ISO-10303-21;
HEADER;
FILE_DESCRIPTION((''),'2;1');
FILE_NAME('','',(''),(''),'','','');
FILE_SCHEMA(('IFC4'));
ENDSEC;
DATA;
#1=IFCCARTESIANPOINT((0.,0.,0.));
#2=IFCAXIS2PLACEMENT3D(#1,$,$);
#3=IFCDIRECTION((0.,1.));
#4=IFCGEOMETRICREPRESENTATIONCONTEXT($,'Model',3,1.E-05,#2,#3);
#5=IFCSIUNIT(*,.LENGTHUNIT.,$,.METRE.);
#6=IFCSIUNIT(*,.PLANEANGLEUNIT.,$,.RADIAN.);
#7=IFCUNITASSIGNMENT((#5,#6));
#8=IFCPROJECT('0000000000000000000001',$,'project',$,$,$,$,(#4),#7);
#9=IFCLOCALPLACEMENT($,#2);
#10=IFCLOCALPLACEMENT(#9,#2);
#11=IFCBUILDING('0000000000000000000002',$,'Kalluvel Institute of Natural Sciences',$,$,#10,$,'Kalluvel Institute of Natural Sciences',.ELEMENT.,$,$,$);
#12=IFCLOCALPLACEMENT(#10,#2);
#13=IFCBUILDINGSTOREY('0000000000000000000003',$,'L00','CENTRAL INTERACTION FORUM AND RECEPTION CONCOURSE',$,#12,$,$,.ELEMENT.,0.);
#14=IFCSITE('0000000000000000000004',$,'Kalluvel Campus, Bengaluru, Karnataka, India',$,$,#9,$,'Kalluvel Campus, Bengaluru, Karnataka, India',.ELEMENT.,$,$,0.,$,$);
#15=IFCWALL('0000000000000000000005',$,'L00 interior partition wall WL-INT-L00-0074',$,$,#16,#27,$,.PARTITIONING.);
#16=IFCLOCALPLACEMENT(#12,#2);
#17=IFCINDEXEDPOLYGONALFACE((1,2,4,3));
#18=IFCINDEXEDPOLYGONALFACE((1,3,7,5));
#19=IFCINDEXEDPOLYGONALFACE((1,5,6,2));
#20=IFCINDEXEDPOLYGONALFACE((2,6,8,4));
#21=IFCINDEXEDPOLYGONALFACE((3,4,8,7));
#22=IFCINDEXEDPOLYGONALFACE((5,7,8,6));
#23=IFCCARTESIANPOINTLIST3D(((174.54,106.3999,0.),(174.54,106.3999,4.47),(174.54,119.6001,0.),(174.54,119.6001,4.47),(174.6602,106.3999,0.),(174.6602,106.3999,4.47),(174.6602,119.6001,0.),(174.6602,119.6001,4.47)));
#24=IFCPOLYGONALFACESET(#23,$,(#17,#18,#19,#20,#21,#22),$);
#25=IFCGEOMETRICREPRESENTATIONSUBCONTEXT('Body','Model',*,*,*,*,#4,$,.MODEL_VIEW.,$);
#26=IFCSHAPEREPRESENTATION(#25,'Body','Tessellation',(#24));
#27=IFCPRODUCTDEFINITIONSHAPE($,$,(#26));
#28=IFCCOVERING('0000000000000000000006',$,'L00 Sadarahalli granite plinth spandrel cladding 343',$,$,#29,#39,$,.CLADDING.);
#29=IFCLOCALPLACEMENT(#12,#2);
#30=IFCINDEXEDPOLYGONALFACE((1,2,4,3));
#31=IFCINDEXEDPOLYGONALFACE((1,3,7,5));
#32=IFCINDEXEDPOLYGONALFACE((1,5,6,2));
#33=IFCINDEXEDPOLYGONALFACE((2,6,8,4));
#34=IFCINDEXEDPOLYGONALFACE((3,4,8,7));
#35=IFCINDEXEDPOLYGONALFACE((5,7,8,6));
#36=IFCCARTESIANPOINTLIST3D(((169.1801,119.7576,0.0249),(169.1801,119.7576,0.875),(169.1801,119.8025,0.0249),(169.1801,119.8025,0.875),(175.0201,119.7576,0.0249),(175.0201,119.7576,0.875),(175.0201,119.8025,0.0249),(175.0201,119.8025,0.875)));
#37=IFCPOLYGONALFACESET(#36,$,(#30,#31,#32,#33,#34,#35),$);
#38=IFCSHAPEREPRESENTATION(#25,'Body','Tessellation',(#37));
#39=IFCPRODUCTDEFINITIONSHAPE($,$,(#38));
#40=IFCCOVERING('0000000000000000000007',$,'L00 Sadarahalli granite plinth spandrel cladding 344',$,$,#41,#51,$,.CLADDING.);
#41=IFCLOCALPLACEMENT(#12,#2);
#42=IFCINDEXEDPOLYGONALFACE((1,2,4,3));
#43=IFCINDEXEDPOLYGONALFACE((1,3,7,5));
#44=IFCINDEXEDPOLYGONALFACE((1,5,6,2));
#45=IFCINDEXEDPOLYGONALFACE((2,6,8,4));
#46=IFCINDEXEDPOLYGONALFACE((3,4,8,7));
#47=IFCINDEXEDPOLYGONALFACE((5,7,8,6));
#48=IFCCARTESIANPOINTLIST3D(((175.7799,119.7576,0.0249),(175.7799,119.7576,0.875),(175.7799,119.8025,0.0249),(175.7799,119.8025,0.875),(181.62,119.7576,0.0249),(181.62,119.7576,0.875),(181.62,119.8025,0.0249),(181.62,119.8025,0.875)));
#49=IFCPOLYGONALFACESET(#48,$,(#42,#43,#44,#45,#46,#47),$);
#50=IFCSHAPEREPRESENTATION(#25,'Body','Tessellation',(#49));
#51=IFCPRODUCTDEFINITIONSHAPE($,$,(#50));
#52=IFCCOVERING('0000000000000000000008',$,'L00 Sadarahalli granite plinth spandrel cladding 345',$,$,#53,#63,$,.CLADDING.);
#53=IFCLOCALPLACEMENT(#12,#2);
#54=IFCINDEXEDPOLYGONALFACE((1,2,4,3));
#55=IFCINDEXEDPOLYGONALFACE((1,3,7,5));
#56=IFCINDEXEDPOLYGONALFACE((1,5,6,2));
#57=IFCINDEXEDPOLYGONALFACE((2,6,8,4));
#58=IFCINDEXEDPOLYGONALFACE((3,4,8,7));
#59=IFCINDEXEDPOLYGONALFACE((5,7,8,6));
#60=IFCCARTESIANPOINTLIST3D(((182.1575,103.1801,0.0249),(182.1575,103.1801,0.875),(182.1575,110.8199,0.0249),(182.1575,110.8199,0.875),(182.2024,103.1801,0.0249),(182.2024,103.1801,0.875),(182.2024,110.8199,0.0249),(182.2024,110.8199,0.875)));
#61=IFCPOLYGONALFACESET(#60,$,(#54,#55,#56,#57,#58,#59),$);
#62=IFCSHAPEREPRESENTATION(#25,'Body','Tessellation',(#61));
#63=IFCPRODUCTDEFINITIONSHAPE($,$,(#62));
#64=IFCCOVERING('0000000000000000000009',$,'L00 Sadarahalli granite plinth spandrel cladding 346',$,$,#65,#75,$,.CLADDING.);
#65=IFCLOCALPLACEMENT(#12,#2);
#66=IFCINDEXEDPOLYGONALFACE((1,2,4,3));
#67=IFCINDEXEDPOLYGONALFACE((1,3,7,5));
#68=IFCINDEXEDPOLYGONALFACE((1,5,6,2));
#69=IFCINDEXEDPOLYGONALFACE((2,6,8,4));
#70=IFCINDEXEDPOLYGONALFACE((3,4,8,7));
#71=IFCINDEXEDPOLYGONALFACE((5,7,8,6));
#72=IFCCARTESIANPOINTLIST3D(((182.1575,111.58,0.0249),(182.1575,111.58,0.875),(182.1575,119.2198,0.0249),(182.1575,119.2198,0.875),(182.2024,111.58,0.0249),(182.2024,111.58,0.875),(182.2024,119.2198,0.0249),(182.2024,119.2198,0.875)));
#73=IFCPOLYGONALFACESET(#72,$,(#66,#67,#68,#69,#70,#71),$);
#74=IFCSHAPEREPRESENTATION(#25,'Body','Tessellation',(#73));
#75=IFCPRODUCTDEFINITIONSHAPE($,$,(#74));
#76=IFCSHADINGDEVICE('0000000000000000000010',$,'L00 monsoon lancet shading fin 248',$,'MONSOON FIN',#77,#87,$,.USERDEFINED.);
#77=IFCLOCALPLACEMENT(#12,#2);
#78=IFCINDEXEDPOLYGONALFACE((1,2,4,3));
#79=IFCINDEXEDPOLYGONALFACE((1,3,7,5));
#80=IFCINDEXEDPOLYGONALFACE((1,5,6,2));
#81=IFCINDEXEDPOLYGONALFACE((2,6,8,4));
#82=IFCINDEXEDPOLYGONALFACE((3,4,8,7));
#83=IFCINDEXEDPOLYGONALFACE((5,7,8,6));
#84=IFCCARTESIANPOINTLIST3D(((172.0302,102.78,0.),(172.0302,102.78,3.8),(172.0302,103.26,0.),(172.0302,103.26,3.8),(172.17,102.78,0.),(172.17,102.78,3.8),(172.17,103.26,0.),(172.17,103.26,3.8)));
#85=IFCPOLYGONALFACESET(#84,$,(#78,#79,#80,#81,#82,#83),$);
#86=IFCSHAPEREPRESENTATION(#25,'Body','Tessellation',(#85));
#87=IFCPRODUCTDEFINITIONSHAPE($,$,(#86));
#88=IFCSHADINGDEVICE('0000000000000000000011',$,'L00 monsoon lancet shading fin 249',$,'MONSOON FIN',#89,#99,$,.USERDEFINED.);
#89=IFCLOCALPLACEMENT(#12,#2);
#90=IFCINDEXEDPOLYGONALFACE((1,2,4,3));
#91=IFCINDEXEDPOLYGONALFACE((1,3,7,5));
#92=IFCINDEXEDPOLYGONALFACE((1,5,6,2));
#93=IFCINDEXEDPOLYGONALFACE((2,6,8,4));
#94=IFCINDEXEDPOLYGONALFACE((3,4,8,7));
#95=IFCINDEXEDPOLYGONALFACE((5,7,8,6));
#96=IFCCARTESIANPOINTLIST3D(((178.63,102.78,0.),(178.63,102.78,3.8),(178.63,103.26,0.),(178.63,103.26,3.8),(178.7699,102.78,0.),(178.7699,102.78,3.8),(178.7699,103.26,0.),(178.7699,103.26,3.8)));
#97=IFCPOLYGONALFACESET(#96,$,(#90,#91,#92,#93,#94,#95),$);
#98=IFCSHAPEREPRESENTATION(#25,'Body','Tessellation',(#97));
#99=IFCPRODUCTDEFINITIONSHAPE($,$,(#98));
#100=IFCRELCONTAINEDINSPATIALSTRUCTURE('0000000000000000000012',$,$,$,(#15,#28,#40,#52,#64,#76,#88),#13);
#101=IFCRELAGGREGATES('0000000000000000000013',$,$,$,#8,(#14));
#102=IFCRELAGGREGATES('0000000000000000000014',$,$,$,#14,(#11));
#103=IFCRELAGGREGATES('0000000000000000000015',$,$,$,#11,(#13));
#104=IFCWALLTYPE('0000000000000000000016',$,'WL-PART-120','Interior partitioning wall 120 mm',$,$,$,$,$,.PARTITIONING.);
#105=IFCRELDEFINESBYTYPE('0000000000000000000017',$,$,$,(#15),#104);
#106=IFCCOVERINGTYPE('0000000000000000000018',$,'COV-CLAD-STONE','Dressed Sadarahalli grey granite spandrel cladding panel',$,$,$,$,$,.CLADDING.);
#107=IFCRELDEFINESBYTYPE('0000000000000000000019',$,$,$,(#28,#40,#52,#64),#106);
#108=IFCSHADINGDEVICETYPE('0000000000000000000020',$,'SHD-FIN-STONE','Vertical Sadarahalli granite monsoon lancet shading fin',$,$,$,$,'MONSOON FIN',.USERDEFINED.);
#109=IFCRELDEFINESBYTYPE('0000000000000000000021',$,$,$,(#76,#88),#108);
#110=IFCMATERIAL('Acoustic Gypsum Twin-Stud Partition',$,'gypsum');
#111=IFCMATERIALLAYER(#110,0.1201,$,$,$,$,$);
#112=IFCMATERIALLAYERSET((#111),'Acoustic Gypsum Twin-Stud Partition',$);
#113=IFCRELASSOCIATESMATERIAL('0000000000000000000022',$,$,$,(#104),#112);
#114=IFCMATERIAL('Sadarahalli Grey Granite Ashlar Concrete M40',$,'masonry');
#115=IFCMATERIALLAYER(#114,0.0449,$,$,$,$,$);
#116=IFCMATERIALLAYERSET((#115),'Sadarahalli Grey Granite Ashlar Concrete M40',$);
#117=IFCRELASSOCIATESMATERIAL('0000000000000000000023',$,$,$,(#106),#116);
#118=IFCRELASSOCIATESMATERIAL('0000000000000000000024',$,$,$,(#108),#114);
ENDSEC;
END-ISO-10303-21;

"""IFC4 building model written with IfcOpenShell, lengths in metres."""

from ifc_helpers import new_model, si_unit, direction, frame, frame_2d, origin, origin_2d, place, context, subcontext, project, spatial, rectangle, extrude, material, layer, layer_set, type_object, element, save


model = new_model("IFC4")

# Units and contexts
model_context = context("Model", 3, precision=1e-05, world=origin(), true_north=direction((0.0, 1.0)))
body_context = subcontext(model_context, "Body", "Model", "MODEL_VIEW")
ifc_project = project(units=[si_unit("LENGTHUNIT", "METRE"), si_unit("PLANEANGLEUNIT", "RADIAN")], contexts=[model_context])

# Site, building, storey
site_placement = place(None, origin())
site = spatial("IfcSite", under=ifc_project, at=site_placement, Name="Kalluvel Campus, Bengaluru, Karnataka, India", LongName="Kalluvel Campus, Bengaluru, Karnataka, India", CompositionType="ELEMENT", RefElevation=0.0)
building_placement = place(site_placement, origin())
building = spatial("IfcBuilding", under=site, at=building_placement, Name="Kalluvel Institute of Natural Sciences", LongName="Kalluvel Institute of Natural Sciences", CompositionType="ELEMENT")
storey_placement = place(building_placement, origin())
storey = spatial("IfcBuildingStorey", under=building, at=storey_placement, Name="L00", Description="CENTRAL INTERACTION FORUM AND RECEPTION CONCOURSE", CompositionType="ELEMENT", Elevation=0.0)

# Shared definitions
ifc_material_1 = material(Name="Sadarahalli Grey Granite Ashlar Concrete M40", Category="masonry")

# Wall
ifc_material_2 = material(Name="Acoustic Gypsum Twin-Stud Partition", Category="gypsum")
ifc_layer_1 = layer(ifc_material_2, 0.1201)
ifc_layer_set_1 = layer_set([ifc_layer_1], Name="Acoustic Gypsum Twin-Stud Partition")
wall_type_1 = type_object("IfcWallType", Name="WL-PART-120", Description="Interior partitioning wall 120 mm", PredefinedType="PARTITIONING", material=ifc_layer_set_1)
wall_1_placement = place(storey_placement, frame((174.6001, 106.3999, 0.0), z_axis=(0.0, 0.0, 1.0), x_axis=(0.0, 1.0, 0.0)))
element("IfcWall", 1, at=wall_1_placement, inside=storey, type_object=wall_type_1, Name="L00 interior partition wall WL-INT-L00-0074", PredefinedType="PARTITIONING", context=body_context, shape_type="SweptSolid", body=[
    extrude(rectangle(XDim=13.2002, YDim=0.1201, at=frame_2d((6.6001, 0.0))), origin(), (0.0, 0.0, 1.0), 4.47),
])

# Coverings
ifc_layer_2 = layer(ifc_material_1, 0.0449)
ifc_layer_set_2 = layer_set([ifc_layer_2], Name="Sadarahalli Grey Granite Ashlar Concrete M40")
covering_type = type_object("IfcCoveringType", Name="COV-CLAD-STONE", Description="Dressed Sadarahalli grey granite spandrel cladding panel", PredefinedType="CLADDING", material=ifc_layer_set_2)
for number, where, z_axis, x_axis, name in (
    (2, (172.1001, 119.78, 0.0249), (0.0, 0.0, 1.0), (1.0, 0.0, 0.0), "L00 Sadarahalli granite plinth spandrel cladding 343"),
    (3, (178.7, 119.78, 0.0249), (0.0, 0.0, 1.0), (1.0, 0.0, 0.0), "L00 Sadarahalli granite plinth spandrel cladding 344"),
):
    element("IfcCovering", number, at=place(storey_placement, frame(where, z_axis=z_axis, x_axis=x_axis)), inside=storey, type_object=covering_type, Name=name, PredefinedType="CLADDING", context=body_context, shape_type="SweptSolid", body=[
        extrude(rectangle(XDim=5.8401, YDim=0.0449, at=origin_2d()), origin(), (0.0, 0.0, 1.0), 0.8501),
    ])
for number, where, z_axis, x_axis, name in (
    (4, (182.1799, 107.0, 0.0249), (0.0, 0.0, 1.0), (0.0, 1.0, 0.0), "L00 Sadarahalli granite plinth spandrel cladding 345"),
    (5, (182.1799, 115.3999, 0.0249), (0.0, 0.0, 1.0), (0.0, 1.0, 0.0), "L00 Sadarahalli granite plinth spandrel cladding 346"),
):
    element("IfcCovering", number, at=place(storey_placement, frame(where, z_axis=z_axis, x_axis=x_axis)), inside=storey, type_object=covering_type, Name=name, PredefinedType="CLADDING", context=body_context, shape_type="SweptSolid", body=[
        extrude(rectangle(XDim=7.6399, YDim=0.0449, at=origin_2d()), origin(), (0.0, 0.0, 1.0), 0.8501),
    ])

# Shading devices
shading_device_type = type_object("IfcShadingDeviceType", Name="SHD-FIN-STONE", Description="Vertical Sadarahalli granite monsoon lancet shading fin", ElementType="MONSOON FIN", PredefinedType="USERDEFINED", material=ifc_material_1)
for number, where, z_axis, x_axis, name in (
    (6, (172.1001, 103.02, 0.0), (0.0, 0.0, 1.0), (1.0, 0.0, 0.0), "L00 monsoon lancet shading fin 248"),
    (7, (178.7, 103.02, 0.0), (0.0, 0.0, 1.0), (1.0, 0.0, 0.0), "L00 monsoon lancet shading fin 249"),
):
    element("IfcShadingDevice", number, at=place(storey_placement, frame(where, z_axis=z_axis, x_axis=x_axis)), inside=storey, type_object=shading_device_type, Name=name, ObjectType="MONSOON FIN", PredefinedType="USERDEFINED", context=body_context, shape_type="SweptSolid", body=[
        extrude(rectangle(XDim=0.1399, YDim=0.48, at=origin_2d()), origin(), (0.0, 0.0, 1.0), 3.8),
    ])

save(model, "model.ifc")
